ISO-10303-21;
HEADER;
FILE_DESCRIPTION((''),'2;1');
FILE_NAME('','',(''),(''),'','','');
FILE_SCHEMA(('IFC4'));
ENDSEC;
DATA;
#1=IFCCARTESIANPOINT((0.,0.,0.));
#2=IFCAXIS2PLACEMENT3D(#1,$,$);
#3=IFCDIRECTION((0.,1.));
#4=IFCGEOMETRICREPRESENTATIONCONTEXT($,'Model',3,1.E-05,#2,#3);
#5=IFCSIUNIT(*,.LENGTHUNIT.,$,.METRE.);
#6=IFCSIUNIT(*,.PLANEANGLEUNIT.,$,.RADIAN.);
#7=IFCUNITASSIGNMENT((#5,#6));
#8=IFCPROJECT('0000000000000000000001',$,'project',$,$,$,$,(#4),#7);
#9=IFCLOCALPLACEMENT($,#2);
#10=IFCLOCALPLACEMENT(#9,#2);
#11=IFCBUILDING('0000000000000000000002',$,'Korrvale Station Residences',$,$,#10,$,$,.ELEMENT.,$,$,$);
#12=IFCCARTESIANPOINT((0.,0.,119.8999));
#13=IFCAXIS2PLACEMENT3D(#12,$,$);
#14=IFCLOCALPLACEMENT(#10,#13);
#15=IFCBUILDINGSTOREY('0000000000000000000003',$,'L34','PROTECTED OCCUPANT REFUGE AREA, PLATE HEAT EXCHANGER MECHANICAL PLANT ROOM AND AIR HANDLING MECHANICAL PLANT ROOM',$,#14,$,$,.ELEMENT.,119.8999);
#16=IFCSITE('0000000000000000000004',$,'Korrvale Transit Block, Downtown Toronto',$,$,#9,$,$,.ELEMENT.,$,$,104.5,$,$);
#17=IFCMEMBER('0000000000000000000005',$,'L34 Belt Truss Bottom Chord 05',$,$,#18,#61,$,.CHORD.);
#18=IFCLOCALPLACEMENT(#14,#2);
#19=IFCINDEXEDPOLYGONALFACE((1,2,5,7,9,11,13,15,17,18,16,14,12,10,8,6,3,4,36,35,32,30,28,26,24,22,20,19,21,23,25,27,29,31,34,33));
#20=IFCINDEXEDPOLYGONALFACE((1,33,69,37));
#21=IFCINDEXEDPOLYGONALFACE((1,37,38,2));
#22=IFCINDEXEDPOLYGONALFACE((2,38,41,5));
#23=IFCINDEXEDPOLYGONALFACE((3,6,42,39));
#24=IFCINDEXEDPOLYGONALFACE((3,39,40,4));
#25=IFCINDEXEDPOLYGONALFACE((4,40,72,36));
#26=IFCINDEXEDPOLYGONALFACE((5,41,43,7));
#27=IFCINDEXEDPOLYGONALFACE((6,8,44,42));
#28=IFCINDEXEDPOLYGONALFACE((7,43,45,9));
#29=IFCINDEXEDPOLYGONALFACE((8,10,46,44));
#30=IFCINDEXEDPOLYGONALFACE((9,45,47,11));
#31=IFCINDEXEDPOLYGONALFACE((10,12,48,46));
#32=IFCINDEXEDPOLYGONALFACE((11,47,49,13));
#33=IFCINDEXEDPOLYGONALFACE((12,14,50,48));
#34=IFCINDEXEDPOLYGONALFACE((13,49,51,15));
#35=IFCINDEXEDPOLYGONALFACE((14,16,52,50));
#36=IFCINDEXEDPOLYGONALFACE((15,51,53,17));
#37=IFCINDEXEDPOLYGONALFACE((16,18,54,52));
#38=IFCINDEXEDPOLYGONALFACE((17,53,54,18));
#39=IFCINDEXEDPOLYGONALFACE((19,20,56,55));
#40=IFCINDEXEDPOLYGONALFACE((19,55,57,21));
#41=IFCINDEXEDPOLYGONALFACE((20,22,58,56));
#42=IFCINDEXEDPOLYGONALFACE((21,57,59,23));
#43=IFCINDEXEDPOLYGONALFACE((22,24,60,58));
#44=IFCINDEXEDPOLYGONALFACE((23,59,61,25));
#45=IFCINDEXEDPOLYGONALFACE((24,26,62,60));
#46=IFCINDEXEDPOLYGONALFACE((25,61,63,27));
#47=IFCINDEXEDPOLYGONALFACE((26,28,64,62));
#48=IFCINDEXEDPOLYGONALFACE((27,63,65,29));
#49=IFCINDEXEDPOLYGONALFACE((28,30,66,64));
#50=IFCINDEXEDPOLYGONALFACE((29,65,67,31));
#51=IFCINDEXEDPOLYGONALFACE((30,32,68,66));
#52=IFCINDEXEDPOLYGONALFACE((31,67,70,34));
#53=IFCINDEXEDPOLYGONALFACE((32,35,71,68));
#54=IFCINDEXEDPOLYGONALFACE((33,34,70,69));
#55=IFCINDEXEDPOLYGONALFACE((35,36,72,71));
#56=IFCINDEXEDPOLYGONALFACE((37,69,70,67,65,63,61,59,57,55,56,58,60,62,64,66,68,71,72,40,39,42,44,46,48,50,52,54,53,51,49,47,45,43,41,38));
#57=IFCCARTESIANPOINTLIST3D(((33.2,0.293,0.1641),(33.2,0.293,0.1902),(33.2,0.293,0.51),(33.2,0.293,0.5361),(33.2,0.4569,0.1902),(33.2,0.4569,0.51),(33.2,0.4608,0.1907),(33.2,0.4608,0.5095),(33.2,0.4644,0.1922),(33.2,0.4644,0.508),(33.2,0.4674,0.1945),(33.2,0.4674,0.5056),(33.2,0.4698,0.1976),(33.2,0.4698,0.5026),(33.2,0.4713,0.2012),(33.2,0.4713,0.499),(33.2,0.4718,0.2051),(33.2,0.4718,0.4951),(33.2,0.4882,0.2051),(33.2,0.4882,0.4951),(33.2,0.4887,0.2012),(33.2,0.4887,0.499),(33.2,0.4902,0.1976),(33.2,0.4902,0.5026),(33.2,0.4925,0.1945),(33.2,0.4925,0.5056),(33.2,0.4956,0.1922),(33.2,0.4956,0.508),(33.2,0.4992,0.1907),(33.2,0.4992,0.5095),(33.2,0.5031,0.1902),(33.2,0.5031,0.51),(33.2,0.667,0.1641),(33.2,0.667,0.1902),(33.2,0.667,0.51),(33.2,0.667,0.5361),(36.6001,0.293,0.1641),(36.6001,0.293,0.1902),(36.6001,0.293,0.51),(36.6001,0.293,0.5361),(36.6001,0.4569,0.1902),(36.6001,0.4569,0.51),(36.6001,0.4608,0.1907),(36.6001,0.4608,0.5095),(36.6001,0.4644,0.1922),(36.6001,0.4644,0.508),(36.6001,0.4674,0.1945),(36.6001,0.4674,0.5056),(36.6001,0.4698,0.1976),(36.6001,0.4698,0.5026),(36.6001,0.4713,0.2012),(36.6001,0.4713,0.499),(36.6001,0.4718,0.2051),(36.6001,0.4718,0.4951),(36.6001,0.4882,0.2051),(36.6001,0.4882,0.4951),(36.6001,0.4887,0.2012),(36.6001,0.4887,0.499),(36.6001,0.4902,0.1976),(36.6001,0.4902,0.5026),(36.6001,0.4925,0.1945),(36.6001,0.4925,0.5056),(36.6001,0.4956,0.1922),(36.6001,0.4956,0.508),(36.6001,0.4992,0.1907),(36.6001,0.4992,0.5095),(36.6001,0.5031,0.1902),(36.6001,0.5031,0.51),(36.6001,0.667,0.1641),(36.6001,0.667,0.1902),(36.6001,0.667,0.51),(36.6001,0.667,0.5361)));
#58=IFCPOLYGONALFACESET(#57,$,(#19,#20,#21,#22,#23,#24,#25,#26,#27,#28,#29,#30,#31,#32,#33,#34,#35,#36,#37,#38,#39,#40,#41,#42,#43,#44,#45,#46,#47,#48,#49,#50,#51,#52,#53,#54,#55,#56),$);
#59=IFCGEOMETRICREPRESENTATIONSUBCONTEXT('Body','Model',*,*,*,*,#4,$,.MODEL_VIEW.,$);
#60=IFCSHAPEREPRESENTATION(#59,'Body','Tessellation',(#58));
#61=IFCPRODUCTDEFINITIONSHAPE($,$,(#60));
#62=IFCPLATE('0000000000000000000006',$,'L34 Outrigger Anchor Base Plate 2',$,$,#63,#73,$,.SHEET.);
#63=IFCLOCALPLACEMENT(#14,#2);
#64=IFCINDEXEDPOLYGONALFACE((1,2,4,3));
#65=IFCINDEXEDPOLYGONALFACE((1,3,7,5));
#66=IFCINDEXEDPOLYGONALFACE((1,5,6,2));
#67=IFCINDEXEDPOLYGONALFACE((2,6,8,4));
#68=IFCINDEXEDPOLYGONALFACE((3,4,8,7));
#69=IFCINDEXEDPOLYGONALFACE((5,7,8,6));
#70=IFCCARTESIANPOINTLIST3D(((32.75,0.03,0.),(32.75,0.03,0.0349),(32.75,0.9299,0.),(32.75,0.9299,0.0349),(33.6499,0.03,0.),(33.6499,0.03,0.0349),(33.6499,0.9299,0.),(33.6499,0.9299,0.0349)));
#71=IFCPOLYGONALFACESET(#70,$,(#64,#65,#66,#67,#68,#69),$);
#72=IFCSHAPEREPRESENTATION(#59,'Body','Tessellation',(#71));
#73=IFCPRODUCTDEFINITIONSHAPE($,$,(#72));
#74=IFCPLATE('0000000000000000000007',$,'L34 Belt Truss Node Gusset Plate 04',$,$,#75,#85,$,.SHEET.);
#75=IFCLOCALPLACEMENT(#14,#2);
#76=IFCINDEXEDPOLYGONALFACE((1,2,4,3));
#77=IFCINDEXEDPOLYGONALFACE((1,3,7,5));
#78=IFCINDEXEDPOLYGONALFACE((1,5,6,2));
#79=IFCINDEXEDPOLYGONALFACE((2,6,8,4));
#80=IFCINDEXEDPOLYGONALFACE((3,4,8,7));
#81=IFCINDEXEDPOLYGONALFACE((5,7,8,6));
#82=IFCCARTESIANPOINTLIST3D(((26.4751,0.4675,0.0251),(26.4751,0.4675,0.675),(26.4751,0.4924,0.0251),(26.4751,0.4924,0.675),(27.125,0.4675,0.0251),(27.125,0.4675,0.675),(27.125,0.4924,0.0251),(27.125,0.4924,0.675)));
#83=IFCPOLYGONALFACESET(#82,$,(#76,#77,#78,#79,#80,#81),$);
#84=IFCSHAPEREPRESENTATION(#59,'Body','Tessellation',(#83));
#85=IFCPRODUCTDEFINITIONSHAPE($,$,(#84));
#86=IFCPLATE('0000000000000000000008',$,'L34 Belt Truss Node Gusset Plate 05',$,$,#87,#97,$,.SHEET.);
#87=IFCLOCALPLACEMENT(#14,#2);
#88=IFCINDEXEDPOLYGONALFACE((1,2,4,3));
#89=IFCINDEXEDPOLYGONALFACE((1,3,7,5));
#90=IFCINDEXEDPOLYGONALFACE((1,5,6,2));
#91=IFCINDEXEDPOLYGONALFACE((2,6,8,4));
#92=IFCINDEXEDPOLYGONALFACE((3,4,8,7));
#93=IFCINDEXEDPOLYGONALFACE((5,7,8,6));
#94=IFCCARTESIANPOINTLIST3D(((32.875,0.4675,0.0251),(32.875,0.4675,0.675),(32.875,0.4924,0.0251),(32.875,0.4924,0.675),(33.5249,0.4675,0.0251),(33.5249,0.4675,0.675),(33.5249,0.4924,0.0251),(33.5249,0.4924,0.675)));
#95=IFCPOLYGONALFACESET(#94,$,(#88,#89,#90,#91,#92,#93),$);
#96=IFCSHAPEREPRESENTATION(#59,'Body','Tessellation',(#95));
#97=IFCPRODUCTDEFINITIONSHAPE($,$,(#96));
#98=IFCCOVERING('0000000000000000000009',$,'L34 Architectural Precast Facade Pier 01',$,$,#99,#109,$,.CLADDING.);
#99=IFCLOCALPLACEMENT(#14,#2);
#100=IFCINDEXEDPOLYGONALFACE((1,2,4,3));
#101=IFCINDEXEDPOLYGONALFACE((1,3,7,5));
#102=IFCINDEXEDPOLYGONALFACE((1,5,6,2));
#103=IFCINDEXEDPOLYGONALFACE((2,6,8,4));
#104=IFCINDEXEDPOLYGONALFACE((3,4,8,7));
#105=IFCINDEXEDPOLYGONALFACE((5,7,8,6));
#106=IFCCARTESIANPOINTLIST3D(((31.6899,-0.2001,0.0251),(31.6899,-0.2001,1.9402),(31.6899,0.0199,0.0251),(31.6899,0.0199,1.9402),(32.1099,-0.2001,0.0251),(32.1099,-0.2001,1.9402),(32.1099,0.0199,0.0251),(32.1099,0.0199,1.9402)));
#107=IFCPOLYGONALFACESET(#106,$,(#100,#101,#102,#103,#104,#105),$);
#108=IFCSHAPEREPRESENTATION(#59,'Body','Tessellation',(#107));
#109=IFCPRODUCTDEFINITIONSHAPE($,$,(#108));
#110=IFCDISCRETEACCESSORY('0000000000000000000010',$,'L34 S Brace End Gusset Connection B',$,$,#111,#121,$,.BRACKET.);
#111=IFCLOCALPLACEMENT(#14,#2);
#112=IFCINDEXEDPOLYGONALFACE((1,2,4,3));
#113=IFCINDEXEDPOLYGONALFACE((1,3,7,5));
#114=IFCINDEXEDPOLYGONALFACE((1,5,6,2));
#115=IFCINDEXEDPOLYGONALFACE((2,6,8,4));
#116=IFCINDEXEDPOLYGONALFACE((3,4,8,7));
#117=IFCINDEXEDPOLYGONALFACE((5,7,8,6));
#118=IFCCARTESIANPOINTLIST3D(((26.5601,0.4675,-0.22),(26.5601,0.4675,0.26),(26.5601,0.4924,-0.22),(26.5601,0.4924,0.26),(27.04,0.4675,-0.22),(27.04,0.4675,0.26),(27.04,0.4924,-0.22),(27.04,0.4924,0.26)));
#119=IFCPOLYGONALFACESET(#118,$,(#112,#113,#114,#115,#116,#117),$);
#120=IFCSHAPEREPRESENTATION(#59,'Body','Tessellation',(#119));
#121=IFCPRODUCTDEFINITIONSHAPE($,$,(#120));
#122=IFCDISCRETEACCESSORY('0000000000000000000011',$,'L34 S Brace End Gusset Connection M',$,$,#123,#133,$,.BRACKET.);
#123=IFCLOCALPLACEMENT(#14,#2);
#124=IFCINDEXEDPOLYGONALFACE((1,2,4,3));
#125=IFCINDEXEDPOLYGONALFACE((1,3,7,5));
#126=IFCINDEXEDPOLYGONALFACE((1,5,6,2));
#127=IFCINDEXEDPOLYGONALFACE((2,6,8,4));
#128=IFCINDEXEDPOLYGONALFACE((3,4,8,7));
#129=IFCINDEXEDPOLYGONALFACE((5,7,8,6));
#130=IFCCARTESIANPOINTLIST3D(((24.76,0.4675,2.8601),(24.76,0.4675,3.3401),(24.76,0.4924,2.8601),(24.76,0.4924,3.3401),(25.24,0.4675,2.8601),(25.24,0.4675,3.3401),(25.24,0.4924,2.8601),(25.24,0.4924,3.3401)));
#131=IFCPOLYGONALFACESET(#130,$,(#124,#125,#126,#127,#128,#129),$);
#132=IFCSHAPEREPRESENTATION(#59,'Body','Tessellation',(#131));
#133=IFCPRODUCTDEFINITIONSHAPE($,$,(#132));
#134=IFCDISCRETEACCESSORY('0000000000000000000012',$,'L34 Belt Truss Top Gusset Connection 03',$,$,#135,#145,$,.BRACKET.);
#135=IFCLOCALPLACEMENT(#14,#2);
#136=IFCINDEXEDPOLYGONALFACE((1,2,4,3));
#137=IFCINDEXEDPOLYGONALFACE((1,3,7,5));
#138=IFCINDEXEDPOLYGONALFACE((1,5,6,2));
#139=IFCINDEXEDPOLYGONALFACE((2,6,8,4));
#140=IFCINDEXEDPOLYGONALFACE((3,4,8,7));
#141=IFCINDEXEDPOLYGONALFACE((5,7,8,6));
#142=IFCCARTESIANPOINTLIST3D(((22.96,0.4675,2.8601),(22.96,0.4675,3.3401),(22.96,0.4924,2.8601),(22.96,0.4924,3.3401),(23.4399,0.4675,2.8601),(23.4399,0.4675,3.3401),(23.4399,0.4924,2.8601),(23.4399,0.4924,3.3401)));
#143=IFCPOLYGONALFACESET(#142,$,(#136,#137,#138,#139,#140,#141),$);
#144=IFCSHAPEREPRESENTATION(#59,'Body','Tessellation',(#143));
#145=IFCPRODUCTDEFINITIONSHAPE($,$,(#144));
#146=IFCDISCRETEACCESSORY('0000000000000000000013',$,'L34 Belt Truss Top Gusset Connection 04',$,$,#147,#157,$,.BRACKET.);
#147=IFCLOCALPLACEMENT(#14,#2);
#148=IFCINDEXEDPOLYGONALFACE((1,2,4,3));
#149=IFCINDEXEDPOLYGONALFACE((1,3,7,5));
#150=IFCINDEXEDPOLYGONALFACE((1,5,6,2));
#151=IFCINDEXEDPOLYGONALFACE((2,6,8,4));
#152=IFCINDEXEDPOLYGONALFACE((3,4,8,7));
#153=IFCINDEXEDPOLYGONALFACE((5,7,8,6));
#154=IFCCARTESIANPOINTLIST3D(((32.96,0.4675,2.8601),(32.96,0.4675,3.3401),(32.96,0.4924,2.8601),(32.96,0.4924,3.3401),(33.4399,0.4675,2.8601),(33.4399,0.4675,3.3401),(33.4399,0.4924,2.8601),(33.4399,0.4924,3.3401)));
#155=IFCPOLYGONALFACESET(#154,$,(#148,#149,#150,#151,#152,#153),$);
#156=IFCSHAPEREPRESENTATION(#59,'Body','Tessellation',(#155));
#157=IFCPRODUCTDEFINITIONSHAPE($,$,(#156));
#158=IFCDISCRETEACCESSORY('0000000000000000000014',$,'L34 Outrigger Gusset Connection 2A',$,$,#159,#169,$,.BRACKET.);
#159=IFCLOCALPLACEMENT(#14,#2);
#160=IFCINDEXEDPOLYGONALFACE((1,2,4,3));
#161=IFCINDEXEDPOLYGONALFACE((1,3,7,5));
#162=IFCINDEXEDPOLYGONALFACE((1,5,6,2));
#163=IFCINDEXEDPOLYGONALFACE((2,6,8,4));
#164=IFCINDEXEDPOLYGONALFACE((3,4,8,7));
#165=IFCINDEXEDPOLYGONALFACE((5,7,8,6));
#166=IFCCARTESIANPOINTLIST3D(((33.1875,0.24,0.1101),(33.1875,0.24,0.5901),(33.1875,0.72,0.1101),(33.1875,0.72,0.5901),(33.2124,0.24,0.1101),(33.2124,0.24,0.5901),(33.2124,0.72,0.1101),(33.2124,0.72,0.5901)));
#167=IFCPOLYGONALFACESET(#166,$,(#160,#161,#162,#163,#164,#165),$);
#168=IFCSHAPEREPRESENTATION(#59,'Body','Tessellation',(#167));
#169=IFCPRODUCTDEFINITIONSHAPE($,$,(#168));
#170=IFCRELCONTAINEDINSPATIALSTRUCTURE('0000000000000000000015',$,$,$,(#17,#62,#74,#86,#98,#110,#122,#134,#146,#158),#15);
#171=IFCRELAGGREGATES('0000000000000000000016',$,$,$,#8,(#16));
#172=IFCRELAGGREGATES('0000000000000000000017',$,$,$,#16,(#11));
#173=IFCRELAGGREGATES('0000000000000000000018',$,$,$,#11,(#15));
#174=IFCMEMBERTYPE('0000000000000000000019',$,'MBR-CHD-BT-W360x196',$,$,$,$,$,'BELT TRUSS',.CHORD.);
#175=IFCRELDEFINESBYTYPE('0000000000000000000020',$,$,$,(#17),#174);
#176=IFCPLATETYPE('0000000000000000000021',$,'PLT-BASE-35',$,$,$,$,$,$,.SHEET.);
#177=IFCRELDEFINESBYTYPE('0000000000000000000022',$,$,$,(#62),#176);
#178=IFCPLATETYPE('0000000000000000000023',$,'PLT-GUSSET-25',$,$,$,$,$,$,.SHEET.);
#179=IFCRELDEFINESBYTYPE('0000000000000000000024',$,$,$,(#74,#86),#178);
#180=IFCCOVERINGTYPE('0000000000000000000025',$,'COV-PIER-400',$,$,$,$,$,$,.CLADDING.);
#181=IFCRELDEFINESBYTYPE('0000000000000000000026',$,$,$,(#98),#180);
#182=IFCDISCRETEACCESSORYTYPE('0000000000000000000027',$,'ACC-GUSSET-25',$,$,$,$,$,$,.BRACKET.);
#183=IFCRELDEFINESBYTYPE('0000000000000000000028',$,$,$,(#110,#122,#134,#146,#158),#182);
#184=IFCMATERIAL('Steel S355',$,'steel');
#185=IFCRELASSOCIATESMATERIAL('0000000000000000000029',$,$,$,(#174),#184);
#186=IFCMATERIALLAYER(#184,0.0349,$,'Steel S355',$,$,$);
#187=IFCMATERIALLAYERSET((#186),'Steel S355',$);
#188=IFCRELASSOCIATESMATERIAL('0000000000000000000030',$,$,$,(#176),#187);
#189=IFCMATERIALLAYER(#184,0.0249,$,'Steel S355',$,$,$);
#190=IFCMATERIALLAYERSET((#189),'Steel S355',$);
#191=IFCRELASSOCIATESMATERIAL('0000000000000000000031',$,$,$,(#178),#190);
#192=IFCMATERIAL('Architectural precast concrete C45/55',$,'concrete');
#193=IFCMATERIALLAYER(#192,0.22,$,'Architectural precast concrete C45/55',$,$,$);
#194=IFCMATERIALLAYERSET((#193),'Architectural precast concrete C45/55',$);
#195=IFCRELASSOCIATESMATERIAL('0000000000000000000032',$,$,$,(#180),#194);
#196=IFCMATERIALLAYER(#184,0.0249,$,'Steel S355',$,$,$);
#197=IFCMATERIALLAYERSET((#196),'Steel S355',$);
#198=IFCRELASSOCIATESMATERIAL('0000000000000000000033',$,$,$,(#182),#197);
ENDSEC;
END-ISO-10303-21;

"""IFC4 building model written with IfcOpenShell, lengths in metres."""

from ifc_helpers import new_model, si_unit, direction, frame, origin, origin_2d, place, context, subcontext, project, spatial, rectangle, i_section, extrude, material, layer, layer_set, material_profile, profile_set, type_object, element, save


model = new_model("IFC4")

# Units and contexts
model_context = context("Model", 3, precision=1e-05, world=origin(), true_north=direction((0.0, 1.0)))
body_context = subcontext(model_context, "Body", "Model", "MODEL_VIEW")
ifc_project = project(units=[si_unit("LENGTHUNIT", "METRE"), si_unit("PLANEANGLEUNIT", "RADIAN")], contexts=[model_context])

# Site, building, storey
site_placement = place(None, origin())
site = spatial("IfcSite", under=ifc_project, at=site_placement, Name="Korrvale Transit Block, Downtown Toronto", CompositionType="ELEMENT", RefElevation=104.5)
building_placement = place(site_placement, origin())
building = spatial("IfcBuilding", under=site, at=building_placement, Name="Korrvale Station Residences", CompositionType="ELEMENT")
storey_placement = place(building_placement, frame((0.0, 0.0, 119.8999)))
storey = spatial("IfcBuildingStorey", under=building, at=storey_placement, Name="L34", Description="PROTECTED OCCUPANT REFUGE AREA, PLATE HEAT EXCHANGER MECHANICAL PLANT ROOM AND AIR HANDLING MECHANICAL PLANT ROOM", CompositionType="ELEMENT", Elevation=119.8999)

# Member
ifc_material_1 = material(Name="Steel S355", Category="steel")
ifc_material_profile_1 = material_profile(ifc_material_1, i_section(OverallWidth=0.374, OverallDepth=0.3721, WebThickness=0.0164, FlangeThickness=0.0261, FilletRadius=0.0149, at=origin_2d()), Name="W360x196")
ifc_profile_set_1 = profile_set([ifc_material_profile_1], Name="Steel S355")
member_type_1 = type_object("IfcMemberType", Name="MBR-CHD-BT-W360x196", ElementType="BELT TRUSS", PredefinedType="CHORD", material=ifc_profile_set_1)
member_1_placement = place(storey_placement, frame((33.2, 0.48, 0.3501), z_axis=(1.0, 0.0, 0.0), x_axis=(0.0, 1.0, 0.0)))
element("IfcMember", 1, at=member_1_placement, inside=storey, type_object=member_type_1, Name="L34 Belt Truss Bottom Chord 05", PredefinedType="CHORD", context=body_context, shape_type="SweptSolid", body=[
    extrude(i_section(OverallWidth=0.374, OverallDepth=0.3721, WebThickness=0.0164, FlangeThickness=0.0261, FilletRadius=0.0149, at=origin_2d()), origin(), (0.0, 0.0, 1.0), 3.4001),
])

# Plates
ifc_layer_1 = layer(ifc_material_1, 0.0349, Name="Steel S355")
ifc_layer_set_1 = layer_set([ifc_layer_1], Name="Steel S355")
plate_type_1 = type_object("IfcPlateType", Name="PLT-BASE-35", PredefinedType="SHEET", material=ifc_layer_set_1)
plate_placement = place(storey_placement, frame((33.2, 0.48, 0.0), z_axis=(0.0, 0.0, 1.0), x_axis=(1.0, 0.0, 0.0)))
element("IfcPlate", 2, at=plate_placement, inside=storey, type_object=plate_type_1, Name="L34 Outrigger Anchor Base Plate 2", PredefinedType="SHEET", context=body_context, shape_type="SweptSolid", body=[
    extrude(rectangle(XDim=0.8999, YDim=0.8999, at=origin_2d()), origin(), (0.0, 0.0, 1.0), 0.0349),
])
ifc_layer_2 = layer(ifc_material_1, 0.0249, Name="Steel S355")
ifc_layer_set_2 = layer_set([ifc_layer_2], Name="Steel S355")
plate_type_2 = type_object("IfcPlateType", Name="PLT-GUSSET-25", PredefinedType="SHEET", material=ifc_layer_set_2)
for number, where, z_axis, x_axis, name in (
    (3, (26.8, 0.48, 0.0251), (0.0, 0.0, 1.0), (1.0, 0.0, 0.0), "L34 Belt Truss Node Gusset Plate 04"),
    (4, (33.2, 0.48, 0.0251), (0.0, 0.0, 1.0), (1.0, 0.0, 0.0), "L34 Belt Truss Node Gusset Plate 05"),
):
    element("IfcPlate", number, at=place(storey_placement, frame(where, z_axis=z_axis, x_axis=x_axis)), inside=storey, type_object=plate_type_2, Name=name, PredefinedType="SHEET", context=body_context, shape_type="SweptSolid", body=[
        extrude(rectangle(XDim=0.6499, YDim=0.0249, at=origin_2d()), origin(), (0.0, 0.0, 1.0), 0.6499),
    ])

# Covering
ifc_material_2 = material(Name="Architectural precast concrete C45/55", Category="concrete")
ifc_layer_3 = layer(ifc_material_2, 0.22, Name="Architectural precast concrete C45/55")
ifc_layer_set_3 = layer_set([ifc_layer_3], Name="Architectural precast concrete C45/55")
covering_type = type_object("IfcCoveringType", Name="COV-PIER-400", PredefinedType="CLADDING", material=ifc_layer_set_3)
covering_placement = place(storey_placement, frame((31.8999, -0.0901, 0.0251), z_axis=(0.0, 0.0, 1.0), x_axis=(1.0, 0.0, 0.0)))
element("IfcCovering", 5, at=covering_placement, inside=storey, type_object=covering_type, Name="L34 Architectural Precast Facade Pier 01", PredefinedType="CLADDING", context=body_context, shape_type="SweptSolid", body=[
    extrude(rectangle(XDim=0.4199, YDim=0.22, at=origin_2d()), origin(), (0.0, 0.0, 1.0), 1.915),
])

# Discrete accessories
ifc_layer_4 = layer(ifc_material_1, 0.0249, Name="Steel S355")
ifc_layer_set_4 = layer_set([ifc_layer_4], Name="Steel S355")
discrete_accessory_type = type_object("IfcDiscreteAccessoryType", Name="ACC-GUSSET-25", PredefinedType="BRACKET", material=ifc_layer_set_4)
for number, where, z_axis, x_axis, name in (
    (6, (26.8, 0.48, -0.22), (0.0, 0.0, 1.0), (1.0, 0.0, 0.0), "L34 S Brace End Gusset Connection B"),
    (7, (25.0, 0.48, 2.8601), (0.0, 0.0, 1.0), (1.0, 0.0, 0.0), "L34 S Brace End Gusset Connection M"),
    (8, (23.2, 0.48, 2.8601), (0.0, 0.0, 1.0), (1.0, 0.0, 0.0), "L34 Belt Truss Top Gusset Connection 03"),
    (9, (33.2, 0.48, 2.8601), (0.0, 0.0, 1.0), (1.0, 0.0, 0.0), "L34 Belt Truss Top Gusset Connection 04"),
    (10, (33.2, 0.48, 0.1101), (0.0, 0.0, 1.0), (0.0, 1.0, 0.0), "L34 Outrigger Gusset Connection 2A"),
):
    element("IfcDiscreteAccessory", number, at=place(storey_placement, frame(where, z_axis=z_axis, x_axis=x_axis)), inside=storey, type_object=discrete_accessory_type, Name=name, PredefinedType="BRACKET", context=body_context, shape_type="SweptSolid", body=[
        extrude(rectangle(XDim=0.48, YDim=0.0249, at=origin_2d()), origin(), (0.0, 0.0, 1.0), 0.48),
    ])

save(model, "model.ifc")
